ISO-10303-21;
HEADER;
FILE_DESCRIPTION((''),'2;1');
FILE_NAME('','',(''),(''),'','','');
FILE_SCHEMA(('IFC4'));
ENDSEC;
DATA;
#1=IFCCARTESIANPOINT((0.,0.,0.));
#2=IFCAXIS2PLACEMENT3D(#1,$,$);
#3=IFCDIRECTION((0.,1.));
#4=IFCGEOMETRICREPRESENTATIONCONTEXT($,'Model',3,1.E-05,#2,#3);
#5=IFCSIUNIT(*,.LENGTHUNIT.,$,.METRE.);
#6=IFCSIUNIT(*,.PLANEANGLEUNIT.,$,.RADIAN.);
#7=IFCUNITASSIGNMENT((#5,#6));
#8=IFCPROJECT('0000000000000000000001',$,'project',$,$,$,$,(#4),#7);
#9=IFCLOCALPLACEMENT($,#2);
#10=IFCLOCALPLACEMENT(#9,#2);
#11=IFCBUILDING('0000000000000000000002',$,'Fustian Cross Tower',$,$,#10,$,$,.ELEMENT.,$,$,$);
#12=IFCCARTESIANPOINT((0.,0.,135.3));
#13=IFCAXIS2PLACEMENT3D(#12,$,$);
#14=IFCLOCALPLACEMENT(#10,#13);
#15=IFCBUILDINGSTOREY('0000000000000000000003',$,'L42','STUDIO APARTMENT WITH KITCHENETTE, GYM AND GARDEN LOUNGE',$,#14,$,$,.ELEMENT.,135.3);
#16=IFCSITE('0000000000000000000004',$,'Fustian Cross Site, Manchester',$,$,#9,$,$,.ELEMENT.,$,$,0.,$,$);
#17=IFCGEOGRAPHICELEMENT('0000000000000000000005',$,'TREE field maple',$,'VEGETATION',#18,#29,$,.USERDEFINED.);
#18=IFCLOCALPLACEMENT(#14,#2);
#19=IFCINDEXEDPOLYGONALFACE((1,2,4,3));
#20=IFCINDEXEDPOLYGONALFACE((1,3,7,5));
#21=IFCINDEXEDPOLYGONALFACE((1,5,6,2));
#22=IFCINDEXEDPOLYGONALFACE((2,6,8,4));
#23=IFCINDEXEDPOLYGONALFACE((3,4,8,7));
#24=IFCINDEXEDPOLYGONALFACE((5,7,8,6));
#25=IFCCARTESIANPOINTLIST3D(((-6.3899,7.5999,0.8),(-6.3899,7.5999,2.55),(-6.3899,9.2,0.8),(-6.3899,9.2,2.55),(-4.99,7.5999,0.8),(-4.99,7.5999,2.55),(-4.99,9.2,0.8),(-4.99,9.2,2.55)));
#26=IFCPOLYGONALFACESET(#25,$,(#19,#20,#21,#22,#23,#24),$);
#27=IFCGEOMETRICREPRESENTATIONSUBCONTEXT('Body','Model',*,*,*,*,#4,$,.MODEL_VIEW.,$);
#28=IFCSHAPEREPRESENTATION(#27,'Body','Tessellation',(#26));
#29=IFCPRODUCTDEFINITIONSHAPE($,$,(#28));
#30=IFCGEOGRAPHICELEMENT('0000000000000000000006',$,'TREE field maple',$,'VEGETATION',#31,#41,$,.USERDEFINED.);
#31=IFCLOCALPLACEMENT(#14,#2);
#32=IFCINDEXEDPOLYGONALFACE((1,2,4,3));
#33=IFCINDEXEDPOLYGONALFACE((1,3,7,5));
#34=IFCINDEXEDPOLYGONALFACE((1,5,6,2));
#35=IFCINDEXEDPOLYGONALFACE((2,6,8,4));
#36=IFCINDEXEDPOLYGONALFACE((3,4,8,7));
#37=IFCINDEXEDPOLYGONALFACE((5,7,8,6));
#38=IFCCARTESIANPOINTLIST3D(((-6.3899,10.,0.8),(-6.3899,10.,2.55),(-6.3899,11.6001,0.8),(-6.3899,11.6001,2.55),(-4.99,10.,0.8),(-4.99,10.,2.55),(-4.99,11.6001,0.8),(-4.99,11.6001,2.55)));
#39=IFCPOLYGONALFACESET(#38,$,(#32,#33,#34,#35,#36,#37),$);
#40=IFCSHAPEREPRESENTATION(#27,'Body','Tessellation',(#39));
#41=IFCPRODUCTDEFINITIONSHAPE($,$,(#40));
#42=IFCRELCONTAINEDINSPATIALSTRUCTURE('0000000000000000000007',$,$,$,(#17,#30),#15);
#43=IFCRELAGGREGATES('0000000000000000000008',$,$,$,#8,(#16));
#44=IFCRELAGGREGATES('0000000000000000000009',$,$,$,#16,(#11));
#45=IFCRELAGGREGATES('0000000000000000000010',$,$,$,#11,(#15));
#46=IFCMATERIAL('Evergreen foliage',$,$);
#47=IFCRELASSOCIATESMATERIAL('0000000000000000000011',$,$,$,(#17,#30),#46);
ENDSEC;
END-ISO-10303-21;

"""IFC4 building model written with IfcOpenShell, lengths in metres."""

from ifc_helpers import new_model, si_unit, direction, frame, origin, origin_2d, place, context, subcontext, project, spatial, rectangle, extrude, material, element, save


model = new_model("IFC4")

# Units and contexts
model_context = context("Model", 3, precision=1e-05, world=origin(), true_north=direction((0.0, 1.0)))
body_context = subcontext(model_context, "Body", "Model", "MODEL_VIEW")
ifc_project = project(units=[si_unit("LENGTHUNIT", "METRE"), si_unit("PLANEANGLEUNIT", "RADIAN")], contexts=[model_context])

# Site, building, storey
site_placement = place(None, origin())
site = spatial("IfcSite", under=ifc_project, at=site_placement, Name="Fustian Cross Site, Manchester", CompositionType="ELEMENT", RefElevation=0.0)
building_placement = place(site_placement, origin())
building = spatial("IfcBuilding", under=site, at=building_placement, Name="Fustian Cross Tower", CompositionType="ELEMENT")
storey_placement = place(building_placement, frame((0.0, 0.0, 135.3)))
storey = spatial("IfcBuildingStorey", under=building, at=storey_placement, Name="L42", Description="STUDIO APARTMENT WITH KITCHENETTE, GYM AND GARDEN LOUNGE", CompositionType="ELEMENT", Elevation=135.3)

# Geographic elements
ifc_material_1 = material(Name="Evergreen foliage")
for number, where, z_axis, x_axis, name in (
    (1, (-5.6899, 8.3999, 0.8), (0.0, 0.0, 1.0), (1.0, 0.0, 0.0), "TREE field maple"),
    (2, (-5.6899, 10.8, 0.8), (0.0, 0.0, 1.0), (1.0, 0.0, 0.0), "TREE field maple"),
):
    element("IfcGeographicElement", number, at=place(storey_placement, frame(where, z_axis=z_axis, x_axis=x_axis)), inside=storey, material=ifc_material_1, Name=name, ObjectType="VEGETATION", PredefinedType="USERDEFINED", context=body_context, shape_type="SweptSolid", body=[
        extrude(rectangle(XDim=1.3999, YDim=1.6001, at=origin_2d()), origin(), (0.0, 0.0, 1.0), 1.75),
    ])

save(model, "model.ifc")
